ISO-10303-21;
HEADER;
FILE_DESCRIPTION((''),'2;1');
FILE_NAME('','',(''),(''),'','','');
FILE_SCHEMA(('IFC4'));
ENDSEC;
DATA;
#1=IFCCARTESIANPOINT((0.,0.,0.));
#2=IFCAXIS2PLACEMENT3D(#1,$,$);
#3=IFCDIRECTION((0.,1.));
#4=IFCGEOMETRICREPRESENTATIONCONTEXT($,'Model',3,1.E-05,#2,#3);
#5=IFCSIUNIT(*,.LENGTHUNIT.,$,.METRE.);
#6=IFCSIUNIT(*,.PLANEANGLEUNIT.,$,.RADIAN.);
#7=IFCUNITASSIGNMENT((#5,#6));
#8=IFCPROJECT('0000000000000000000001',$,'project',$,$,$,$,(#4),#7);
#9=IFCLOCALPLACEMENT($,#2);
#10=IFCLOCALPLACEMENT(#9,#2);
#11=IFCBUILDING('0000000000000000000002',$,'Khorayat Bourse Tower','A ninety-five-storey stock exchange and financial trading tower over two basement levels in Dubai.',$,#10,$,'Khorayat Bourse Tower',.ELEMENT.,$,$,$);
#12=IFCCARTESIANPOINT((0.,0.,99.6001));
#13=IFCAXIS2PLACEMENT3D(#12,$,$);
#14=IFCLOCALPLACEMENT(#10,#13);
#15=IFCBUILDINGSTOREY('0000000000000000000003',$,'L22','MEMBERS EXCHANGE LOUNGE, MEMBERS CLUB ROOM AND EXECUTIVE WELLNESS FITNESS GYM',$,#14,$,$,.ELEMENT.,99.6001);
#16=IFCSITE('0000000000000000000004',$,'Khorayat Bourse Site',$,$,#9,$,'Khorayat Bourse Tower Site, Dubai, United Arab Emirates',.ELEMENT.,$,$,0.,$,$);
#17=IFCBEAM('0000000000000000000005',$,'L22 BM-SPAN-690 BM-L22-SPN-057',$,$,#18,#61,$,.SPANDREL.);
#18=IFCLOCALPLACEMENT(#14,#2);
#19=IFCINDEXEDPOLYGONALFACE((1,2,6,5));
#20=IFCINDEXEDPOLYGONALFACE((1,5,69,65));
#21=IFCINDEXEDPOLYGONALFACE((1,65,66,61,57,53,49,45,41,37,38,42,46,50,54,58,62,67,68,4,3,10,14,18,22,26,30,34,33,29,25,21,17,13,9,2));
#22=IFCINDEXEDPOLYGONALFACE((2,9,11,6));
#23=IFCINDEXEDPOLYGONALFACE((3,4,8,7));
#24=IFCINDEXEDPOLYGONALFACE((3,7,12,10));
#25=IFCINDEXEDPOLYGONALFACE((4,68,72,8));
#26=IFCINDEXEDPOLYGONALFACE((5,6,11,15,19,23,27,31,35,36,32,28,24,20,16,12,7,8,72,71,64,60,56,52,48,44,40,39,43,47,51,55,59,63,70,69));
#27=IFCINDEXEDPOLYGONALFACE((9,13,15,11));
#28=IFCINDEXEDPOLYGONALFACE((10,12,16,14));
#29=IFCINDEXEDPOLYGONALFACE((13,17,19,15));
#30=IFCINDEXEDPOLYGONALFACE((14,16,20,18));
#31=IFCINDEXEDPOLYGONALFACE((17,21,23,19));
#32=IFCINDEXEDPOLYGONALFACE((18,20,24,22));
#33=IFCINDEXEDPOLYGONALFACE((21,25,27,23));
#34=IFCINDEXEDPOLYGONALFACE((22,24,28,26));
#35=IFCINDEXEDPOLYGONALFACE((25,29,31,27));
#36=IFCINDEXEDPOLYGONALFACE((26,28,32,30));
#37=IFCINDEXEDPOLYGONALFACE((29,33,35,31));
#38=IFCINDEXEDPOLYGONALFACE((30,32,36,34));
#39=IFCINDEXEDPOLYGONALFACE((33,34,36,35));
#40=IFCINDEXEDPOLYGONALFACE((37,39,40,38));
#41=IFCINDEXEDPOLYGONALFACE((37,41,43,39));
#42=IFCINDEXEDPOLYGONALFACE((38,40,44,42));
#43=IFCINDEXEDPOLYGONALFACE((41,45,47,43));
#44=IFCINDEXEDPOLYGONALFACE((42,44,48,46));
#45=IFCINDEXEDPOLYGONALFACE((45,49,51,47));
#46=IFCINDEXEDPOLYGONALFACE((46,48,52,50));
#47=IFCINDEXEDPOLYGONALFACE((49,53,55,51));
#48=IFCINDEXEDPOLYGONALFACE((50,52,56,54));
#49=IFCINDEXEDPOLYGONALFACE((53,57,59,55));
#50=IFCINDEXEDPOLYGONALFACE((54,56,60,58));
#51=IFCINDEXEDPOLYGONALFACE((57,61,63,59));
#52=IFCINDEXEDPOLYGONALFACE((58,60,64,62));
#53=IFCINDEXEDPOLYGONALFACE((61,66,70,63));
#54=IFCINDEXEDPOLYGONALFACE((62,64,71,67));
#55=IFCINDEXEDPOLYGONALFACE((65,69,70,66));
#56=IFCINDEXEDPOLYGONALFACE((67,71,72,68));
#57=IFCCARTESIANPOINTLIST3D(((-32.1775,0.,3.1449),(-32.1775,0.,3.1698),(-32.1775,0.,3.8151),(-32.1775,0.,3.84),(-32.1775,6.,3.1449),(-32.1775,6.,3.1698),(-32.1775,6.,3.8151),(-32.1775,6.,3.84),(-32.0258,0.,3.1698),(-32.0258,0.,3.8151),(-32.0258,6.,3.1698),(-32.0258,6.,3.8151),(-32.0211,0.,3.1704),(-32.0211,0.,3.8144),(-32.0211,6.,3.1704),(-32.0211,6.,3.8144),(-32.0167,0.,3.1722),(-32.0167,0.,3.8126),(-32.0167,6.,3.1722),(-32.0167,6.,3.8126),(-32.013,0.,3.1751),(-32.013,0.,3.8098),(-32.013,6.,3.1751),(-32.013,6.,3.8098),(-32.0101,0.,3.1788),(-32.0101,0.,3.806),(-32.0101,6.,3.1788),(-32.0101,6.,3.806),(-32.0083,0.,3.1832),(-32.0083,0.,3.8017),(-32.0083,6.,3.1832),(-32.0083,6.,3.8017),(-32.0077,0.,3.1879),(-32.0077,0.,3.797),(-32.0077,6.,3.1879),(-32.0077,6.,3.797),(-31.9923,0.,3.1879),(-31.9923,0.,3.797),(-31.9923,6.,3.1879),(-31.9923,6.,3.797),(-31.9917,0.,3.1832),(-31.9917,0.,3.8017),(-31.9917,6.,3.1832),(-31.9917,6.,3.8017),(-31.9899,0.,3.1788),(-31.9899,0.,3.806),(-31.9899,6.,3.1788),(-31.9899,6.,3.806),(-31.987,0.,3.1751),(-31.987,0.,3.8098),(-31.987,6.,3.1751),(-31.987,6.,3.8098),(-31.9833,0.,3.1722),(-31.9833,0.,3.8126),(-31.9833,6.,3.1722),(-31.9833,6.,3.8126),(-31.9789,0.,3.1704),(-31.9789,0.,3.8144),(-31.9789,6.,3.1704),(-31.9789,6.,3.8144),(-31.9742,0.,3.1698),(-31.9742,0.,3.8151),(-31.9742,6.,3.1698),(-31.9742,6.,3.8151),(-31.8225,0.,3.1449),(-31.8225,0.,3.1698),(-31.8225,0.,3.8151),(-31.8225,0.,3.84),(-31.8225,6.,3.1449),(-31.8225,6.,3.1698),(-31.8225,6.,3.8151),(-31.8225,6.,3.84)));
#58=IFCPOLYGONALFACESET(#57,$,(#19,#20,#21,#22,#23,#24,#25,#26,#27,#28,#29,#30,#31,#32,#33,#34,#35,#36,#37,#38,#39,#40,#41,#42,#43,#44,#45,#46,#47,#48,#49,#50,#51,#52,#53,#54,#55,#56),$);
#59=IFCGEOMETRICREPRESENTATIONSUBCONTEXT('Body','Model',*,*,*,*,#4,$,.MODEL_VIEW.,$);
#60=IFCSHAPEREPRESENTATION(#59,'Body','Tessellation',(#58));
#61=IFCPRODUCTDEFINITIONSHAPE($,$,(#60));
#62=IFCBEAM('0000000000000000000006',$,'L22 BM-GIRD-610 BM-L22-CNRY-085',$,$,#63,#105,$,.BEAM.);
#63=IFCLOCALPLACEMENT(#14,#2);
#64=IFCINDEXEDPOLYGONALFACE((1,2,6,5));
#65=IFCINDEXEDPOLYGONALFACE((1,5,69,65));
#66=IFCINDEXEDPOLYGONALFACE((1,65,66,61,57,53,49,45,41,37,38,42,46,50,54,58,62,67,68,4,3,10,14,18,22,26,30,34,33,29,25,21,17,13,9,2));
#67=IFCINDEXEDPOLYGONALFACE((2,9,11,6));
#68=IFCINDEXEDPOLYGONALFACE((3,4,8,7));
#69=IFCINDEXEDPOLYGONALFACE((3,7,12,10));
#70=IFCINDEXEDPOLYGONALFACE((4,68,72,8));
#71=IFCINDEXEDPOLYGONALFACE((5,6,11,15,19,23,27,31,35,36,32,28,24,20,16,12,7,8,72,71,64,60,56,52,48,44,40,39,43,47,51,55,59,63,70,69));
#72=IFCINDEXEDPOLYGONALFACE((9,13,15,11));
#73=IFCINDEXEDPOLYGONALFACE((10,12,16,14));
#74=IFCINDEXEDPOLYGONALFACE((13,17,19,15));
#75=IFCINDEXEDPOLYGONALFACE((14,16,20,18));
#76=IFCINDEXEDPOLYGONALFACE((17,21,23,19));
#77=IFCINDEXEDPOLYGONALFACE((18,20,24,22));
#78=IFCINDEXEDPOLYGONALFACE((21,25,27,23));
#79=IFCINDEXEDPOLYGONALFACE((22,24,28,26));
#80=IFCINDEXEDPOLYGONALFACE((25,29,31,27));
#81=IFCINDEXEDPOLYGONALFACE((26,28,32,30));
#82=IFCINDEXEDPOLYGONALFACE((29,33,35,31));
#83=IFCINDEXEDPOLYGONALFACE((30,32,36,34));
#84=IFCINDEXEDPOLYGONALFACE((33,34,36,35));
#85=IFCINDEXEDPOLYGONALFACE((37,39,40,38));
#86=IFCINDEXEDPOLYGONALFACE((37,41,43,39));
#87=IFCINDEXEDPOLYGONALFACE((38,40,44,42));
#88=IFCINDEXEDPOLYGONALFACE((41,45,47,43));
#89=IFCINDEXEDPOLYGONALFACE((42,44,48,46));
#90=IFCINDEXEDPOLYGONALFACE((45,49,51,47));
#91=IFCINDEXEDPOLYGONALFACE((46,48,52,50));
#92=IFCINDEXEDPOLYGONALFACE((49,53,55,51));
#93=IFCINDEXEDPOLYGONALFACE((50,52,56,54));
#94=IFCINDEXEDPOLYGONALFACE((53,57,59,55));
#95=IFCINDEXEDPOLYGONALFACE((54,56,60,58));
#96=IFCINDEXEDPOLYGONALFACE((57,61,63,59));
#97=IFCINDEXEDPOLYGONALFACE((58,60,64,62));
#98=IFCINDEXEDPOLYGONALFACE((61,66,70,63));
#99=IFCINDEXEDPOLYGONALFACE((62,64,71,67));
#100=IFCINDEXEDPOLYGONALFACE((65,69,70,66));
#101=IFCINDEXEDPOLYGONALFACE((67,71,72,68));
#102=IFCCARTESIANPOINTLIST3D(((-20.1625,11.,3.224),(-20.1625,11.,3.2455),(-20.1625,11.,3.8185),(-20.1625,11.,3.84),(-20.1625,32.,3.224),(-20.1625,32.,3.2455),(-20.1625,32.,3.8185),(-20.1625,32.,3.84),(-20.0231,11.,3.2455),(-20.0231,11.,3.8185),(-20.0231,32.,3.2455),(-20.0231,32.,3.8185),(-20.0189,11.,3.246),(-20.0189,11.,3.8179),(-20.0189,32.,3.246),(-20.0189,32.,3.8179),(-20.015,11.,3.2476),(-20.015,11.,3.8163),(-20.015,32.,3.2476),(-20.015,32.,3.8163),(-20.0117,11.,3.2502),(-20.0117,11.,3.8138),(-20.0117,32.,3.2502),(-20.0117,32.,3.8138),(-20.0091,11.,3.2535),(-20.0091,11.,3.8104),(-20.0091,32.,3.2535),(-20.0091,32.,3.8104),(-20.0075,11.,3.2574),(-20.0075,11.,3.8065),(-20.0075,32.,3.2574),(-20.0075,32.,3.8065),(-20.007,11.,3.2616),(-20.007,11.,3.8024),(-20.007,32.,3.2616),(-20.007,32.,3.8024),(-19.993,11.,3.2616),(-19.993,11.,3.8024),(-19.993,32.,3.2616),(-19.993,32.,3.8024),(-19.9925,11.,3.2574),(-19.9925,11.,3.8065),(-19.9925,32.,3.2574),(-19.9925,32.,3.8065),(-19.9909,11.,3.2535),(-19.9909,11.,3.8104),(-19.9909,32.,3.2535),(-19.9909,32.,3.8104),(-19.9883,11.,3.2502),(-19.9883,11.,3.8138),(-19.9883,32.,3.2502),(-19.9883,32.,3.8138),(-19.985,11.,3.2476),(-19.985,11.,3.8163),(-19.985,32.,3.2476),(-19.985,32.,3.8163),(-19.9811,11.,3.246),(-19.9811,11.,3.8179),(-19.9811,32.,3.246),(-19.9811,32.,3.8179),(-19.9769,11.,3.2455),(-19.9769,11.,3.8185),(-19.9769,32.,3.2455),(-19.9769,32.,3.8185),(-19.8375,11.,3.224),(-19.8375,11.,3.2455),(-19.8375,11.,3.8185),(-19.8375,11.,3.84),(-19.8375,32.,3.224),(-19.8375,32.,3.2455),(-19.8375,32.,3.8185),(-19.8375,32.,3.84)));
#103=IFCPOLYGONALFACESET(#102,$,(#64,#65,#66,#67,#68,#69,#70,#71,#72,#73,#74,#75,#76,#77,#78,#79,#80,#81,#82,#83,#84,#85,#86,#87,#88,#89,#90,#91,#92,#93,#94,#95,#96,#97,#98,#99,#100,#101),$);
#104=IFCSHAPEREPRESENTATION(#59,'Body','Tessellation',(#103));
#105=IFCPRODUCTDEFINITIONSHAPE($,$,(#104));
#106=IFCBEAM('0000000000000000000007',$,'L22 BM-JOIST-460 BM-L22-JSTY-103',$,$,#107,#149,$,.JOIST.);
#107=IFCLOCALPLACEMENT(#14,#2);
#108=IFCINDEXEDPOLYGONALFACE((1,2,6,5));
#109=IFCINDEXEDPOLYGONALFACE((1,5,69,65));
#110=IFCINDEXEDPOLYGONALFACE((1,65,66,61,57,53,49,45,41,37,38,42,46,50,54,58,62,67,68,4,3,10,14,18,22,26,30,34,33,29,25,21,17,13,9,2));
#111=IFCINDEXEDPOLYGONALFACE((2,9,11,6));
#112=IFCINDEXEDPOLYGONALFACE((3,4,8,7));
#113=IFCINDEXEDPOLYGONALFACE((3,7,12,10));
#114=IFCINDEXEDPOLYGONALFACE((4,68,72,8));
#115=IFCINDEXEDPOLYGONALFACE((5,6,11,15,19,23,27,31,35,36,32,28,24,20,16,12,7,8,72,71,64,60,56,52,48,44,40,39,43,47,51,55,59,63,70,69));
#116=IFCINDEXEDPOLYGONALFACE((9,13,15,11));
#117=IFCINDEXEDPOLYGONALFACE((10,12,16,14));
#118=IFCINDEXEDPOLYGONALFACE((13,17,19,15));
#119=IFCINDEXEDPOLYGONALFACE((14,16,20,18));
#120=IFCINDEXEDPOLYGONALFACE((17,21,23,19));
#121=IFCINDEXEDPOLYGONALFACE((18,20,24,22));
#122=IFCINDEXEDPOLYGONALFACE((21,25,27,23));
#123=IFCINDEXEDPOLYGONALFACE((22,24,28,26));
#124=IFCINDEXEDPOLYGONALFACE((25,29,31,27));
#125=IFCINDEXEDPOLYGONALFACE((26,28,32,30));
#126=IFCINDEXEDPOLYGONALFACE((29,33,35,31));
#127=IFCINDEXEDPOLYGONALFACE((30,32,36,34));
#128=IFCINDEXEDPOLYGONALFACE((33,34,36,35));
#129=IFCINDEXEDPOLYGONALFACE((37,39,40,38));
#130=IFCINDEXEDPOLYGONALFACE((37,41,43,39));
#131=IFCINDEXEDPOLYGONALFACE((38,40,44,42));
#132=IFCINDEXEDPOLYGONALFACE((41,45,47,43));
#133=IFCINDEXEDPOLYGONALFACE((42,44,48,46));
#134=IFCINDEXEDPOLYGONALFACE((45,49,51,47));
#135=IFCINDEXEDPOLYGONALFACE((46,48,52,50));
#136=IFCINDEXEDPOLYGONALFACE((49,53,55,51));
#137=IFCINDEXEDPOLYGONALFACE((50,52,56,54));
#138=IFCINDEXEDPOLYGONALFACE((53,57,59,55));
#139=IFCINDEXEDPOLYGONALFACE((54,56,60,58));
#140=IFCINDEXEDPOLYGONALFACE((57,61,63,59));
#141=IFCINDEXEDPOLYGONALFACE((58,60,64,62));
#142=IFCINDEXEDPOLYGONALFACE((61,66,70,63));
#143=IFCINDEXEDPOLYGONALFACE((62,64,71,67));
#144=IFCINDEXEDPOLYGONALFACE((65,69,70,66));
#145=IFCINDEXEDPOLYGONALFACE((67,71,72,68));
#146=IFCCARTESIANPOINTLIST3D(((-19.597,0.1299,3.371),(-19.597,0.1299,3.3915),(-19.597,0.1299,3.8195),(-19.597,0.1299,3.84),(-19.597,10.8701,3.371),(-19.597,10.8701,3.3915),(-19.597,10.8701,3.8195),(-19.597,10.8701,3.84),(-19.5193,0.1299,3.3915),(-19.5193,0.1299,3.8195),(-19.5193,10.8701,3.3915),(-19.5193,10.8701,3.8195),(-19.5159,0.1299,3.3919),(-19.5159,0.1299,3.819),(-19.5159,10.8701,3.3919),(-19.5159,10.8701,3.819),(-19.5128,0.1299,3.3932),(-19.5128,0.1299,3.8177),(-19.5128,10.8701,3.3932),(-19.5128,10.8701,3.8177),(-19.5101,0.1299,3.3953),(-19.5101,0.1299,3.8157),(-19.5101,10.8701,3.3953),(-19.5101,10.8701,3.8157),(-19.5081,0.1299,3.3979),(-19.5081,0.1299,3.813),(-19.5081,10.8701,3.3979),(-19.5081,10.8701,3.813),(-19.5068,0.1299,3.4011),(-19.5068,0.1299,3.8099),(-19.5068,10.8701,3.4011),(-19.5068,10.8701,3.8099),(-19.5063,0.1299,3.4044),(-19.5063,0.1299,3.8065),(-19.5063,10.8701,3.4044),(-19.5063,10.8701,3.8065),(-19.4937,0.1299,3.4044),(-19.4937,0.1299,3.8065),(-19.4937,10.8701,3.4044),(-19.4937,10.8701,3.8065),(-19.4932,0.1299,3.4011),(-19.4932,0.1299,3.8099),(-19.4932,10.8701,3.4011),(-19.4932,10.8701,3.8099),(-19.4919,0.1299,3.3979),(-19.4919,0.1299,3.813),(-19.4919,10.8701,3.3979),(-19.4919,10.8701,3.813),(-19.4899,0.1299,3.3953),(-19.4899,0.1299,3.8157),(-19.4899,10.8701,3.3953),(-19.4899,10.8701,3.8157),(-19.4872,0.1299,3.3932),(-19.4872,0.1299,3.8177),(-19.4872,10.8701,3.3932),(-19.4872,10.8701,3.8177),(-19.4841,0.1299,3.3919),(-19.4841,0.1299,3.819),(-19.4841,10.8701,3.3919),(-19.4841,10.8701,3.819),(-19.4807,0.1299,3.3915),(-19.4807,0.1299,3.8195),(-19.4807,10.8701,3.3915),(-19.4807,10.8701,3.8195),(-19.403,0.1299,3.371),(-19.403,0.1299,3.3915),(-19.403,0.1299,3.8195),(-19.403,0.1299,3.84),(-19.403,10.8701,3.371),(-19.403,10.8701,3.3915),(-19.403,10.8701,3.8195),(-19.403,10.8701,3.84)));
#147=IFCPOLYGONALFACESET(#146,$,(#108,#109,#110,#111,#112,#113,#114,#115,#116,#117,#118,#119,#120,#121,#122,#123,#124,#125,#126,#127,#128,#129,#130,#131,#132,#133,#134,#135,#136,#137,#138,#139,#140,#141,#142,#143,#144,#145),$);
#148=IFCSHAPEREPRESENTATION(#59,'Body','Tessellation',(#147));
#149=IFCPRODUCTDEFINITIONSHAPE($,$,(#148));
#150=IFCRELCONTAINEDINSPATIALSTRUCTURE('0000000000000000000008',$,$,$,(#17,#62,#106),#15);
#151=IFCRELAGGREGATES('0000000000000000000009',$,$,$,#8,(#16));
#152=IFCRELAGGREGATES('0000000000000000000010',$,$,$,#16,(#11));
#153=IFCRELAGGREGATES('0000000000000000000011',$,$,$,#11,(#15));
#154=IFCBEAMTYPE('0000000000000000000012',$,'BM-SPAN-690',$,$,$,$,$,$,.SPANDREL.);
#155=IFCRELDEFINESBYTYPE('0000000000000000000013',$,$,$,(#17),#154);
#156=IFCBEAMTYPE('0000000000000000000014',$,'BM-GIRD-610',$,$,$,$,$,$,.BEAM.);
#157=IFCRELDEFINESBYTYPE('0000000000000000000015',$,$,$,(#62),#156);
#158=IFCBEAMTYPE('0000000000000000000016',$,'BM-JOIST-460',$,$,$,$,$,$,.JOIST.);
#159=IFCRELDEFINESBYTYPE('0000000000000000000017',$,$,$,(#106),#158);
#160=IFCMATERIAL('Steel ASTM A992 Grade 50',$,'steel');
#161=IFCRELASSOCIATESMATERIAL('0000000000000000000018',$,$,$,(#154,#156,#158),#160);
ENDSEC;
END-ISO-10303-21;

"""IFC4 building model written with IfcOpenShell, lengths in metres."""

from ifc_helpers import new_model, si_unit, direction, frame, origin, origin_2d, place, context, subcontext, project, spatial, i_section, extrude, source, transform, mapped, material, material_profile, profile_set, type_object, element, save


model = new_model("IFC4")

# Units and contexts
model_context = context("Model", 3, precision=1e-05, world=origin(), true_north=direction((0.0, 1.0)))
body_context = subcontext(model_context, "Body", "Model", "MODEL_VIEW")
ifc_project = project(units=[si_unit("LENGTHUNIT", "METRE"), si_unit("PLANEANGLEUNIT", "RADIAN")], contexts=[model_context])

# Site, building, storey
site_placement = place(None, origin())
site = spatial("IfcSite", under=ifc_project, at=site_placement, Name="Khorayat Bourse Site", LongName="Khorayat Bourse Tower Site, Dubai, United Arab Emirates", CompositionType="ELEMENT", RefElevation=0.0)
building_placement = place(site_placement, origin())
building = spatial("IfcBuilding", under=site, at=building_placement, Name="Khorayat Bourse Tower", Description="A ninety-five-storey stock exchange and financial trading tower over two basement levels in Dubai.", LongName="Khorayat Bourse Tower", CompositionType="ELEMENT")
storey_placement = place(building_placement, frame((0.0, 0.0, 99.6001)))
storey = spatial("IfcBuildingStorey", under=building, at=storey_placement, Name="L22", Description="MEMBERS EXCHANGE LOUNGE, MEMBERS CLUB ROOM AND EXECUTIVE WELLNESS FITNESS GYM", CompositionType="ELEMENT", Elevation=99.6001)

# Beams
ifc_material_1 = material(Name="Steel ASTM A992 Grade 50", Category="steel")
ifc_material_profile_1 = material_profile(ifc_material_1, i_section(OverallWidth=0.355, OverallDepth=0.6951, WebThickness=0.0154, FlangeThickness=0.0249, FilletRadius=0.0181, at=origin_2d()), Name="W690X217")
ifc_profile_set_1 = profile_set([ifc_material_profile_1], Name="Steel ASTM A992 Grade 50")
beam_type_1 = type_object("IfcBeamType", Name="BM-SPAN-690", PredefinedType="SPANDREL", material=ifc_profile_set_1)
shared_shape_1 = source(origin(), body_context, "Body", "SweptSolid", [
    extrude(i_section(OverallWidth=0.355, OverallDepth=0.6951, WebThickness=0.0154, FlangeThickness=0.0249, FilletRadius=0.0181, at=origin_2d()), origin(), (0.0, 0.0, 1.0), 6.0),
])
beam_1_placement = place(storey_placement, frame((-32.0, 0.0, 3.4924), z_axis=(0.0, 1.0, 0.0), x_axis=(-1.0, 0.0, 0.0)))
element("IfcBeam", 1, at=beam_1_placement, inside=storey, type_object=beam_type_1, Name="L22 BM-SPAN-690 BM-L22-SPN-057", PredefinedType="SPANDREL", context=body_context, shape_type="MappedRepresentation", body=[
    mapped(shared_shape_1, transform((0.0, 0.0, 0.0), scale=1.0)),
])
ifc_material_profile_2 = material_profile(ifc_material_1, i_section(OverallWidth=0.325, OverallDepth=0.616, WebThickness=0.0139, FlangeThickness=0.0215, FilletRadius=0.0161, at=origin_2d()), Name="W610X174")
ifc_profile_set_2 = profile_set([ifc_material_profile_2], Name="Steel ASTM A992 Grade 50")
beam_type_2 = type_object("IfcBeamType", Name="BM-GIRD-610", PredefinedType="BEAM", material=ifc_profile_set_2)
shared_shape_2 = source(origin(), body_context, "Body", "SweptSolid", [
    extrude(i_section(OverallWidth=0.325, OverallDepth=0.616, WebThickness=0.0139, FlangeThickness=0.0215, FilletRadius=0.0161, at=origin_2d()), origin(), (0.0, 0.0, 1.0), 21.0),
])
beam_2_placement = place(storey_placement, frame((-20.0, 11.0, 3.532), z_axis=(0.0, 1.0, 0.0), x_axis=(-1.0, 0.0, 0.0)))
element("IfcBeam", 2, at=beam_2_placement, inside=storey, type_object=beam_type_2, Name="L22 BM-GIRD-610 BM-L22-CNRY-085", PredefinedType="BEAM", context=body_context, shape_type="MappedRepresentation", body=[
    mapped(shared_shape_2, transform((0.0, 0.0, 0.0), scale=1.0)),
])
ifc_material_profile_3 = material_profile(ifc_material_1, i_section(OverallWidth=0.1941, OverallDepth=0.469, WebThickness=0.0127, FlangeThickness=0.0205, FilletRadius=0.0129, at=origin_2d()), Name="W460X106")
ifc_profile_set_3 = profile_set([ifc_material_profile_3], Name="Steel ASTM A992 Grade 50")
beam_type_3 = type_object("IfcBeamType", Name="BM-JOIST-460", PredefinedType="JOIST", material=ifc_profile_set_3)
shared_shape_3 = source(origin(), body_context, "Body", "SweptSolid", [
    extrude(i_section(OverallWidth=0.1941, OverallDepth=0.469, WebThickness=0.0127, FlangeThickness=0.0205, FilletRadius=0.0129, at=origin_2d()), origin(), (0.0, 0.0, 1.0), 10.7402),
])
beam_3_placement = place(storey_placement, frame((-19.5, 0.1299, 3.6055), z_axis=(0.0, 1.0, 0.0), x_axis=(-1.0, 0.0, 0.0)))
element("IfcBeam", 3, at=beam_3_placement, inside=storey, type_object=beam_type_3, Name="L22 BM-JOIST-460 BM-L22-JSTY-103", PredefinedType="JOIST", context=body_context, shape_type="MappedRepresentation", body=[
    mapped(shared_shape_3, transform((0.0, 0.0, 0.0), scale=1.0)),
])

save(model, "model.ifc")
